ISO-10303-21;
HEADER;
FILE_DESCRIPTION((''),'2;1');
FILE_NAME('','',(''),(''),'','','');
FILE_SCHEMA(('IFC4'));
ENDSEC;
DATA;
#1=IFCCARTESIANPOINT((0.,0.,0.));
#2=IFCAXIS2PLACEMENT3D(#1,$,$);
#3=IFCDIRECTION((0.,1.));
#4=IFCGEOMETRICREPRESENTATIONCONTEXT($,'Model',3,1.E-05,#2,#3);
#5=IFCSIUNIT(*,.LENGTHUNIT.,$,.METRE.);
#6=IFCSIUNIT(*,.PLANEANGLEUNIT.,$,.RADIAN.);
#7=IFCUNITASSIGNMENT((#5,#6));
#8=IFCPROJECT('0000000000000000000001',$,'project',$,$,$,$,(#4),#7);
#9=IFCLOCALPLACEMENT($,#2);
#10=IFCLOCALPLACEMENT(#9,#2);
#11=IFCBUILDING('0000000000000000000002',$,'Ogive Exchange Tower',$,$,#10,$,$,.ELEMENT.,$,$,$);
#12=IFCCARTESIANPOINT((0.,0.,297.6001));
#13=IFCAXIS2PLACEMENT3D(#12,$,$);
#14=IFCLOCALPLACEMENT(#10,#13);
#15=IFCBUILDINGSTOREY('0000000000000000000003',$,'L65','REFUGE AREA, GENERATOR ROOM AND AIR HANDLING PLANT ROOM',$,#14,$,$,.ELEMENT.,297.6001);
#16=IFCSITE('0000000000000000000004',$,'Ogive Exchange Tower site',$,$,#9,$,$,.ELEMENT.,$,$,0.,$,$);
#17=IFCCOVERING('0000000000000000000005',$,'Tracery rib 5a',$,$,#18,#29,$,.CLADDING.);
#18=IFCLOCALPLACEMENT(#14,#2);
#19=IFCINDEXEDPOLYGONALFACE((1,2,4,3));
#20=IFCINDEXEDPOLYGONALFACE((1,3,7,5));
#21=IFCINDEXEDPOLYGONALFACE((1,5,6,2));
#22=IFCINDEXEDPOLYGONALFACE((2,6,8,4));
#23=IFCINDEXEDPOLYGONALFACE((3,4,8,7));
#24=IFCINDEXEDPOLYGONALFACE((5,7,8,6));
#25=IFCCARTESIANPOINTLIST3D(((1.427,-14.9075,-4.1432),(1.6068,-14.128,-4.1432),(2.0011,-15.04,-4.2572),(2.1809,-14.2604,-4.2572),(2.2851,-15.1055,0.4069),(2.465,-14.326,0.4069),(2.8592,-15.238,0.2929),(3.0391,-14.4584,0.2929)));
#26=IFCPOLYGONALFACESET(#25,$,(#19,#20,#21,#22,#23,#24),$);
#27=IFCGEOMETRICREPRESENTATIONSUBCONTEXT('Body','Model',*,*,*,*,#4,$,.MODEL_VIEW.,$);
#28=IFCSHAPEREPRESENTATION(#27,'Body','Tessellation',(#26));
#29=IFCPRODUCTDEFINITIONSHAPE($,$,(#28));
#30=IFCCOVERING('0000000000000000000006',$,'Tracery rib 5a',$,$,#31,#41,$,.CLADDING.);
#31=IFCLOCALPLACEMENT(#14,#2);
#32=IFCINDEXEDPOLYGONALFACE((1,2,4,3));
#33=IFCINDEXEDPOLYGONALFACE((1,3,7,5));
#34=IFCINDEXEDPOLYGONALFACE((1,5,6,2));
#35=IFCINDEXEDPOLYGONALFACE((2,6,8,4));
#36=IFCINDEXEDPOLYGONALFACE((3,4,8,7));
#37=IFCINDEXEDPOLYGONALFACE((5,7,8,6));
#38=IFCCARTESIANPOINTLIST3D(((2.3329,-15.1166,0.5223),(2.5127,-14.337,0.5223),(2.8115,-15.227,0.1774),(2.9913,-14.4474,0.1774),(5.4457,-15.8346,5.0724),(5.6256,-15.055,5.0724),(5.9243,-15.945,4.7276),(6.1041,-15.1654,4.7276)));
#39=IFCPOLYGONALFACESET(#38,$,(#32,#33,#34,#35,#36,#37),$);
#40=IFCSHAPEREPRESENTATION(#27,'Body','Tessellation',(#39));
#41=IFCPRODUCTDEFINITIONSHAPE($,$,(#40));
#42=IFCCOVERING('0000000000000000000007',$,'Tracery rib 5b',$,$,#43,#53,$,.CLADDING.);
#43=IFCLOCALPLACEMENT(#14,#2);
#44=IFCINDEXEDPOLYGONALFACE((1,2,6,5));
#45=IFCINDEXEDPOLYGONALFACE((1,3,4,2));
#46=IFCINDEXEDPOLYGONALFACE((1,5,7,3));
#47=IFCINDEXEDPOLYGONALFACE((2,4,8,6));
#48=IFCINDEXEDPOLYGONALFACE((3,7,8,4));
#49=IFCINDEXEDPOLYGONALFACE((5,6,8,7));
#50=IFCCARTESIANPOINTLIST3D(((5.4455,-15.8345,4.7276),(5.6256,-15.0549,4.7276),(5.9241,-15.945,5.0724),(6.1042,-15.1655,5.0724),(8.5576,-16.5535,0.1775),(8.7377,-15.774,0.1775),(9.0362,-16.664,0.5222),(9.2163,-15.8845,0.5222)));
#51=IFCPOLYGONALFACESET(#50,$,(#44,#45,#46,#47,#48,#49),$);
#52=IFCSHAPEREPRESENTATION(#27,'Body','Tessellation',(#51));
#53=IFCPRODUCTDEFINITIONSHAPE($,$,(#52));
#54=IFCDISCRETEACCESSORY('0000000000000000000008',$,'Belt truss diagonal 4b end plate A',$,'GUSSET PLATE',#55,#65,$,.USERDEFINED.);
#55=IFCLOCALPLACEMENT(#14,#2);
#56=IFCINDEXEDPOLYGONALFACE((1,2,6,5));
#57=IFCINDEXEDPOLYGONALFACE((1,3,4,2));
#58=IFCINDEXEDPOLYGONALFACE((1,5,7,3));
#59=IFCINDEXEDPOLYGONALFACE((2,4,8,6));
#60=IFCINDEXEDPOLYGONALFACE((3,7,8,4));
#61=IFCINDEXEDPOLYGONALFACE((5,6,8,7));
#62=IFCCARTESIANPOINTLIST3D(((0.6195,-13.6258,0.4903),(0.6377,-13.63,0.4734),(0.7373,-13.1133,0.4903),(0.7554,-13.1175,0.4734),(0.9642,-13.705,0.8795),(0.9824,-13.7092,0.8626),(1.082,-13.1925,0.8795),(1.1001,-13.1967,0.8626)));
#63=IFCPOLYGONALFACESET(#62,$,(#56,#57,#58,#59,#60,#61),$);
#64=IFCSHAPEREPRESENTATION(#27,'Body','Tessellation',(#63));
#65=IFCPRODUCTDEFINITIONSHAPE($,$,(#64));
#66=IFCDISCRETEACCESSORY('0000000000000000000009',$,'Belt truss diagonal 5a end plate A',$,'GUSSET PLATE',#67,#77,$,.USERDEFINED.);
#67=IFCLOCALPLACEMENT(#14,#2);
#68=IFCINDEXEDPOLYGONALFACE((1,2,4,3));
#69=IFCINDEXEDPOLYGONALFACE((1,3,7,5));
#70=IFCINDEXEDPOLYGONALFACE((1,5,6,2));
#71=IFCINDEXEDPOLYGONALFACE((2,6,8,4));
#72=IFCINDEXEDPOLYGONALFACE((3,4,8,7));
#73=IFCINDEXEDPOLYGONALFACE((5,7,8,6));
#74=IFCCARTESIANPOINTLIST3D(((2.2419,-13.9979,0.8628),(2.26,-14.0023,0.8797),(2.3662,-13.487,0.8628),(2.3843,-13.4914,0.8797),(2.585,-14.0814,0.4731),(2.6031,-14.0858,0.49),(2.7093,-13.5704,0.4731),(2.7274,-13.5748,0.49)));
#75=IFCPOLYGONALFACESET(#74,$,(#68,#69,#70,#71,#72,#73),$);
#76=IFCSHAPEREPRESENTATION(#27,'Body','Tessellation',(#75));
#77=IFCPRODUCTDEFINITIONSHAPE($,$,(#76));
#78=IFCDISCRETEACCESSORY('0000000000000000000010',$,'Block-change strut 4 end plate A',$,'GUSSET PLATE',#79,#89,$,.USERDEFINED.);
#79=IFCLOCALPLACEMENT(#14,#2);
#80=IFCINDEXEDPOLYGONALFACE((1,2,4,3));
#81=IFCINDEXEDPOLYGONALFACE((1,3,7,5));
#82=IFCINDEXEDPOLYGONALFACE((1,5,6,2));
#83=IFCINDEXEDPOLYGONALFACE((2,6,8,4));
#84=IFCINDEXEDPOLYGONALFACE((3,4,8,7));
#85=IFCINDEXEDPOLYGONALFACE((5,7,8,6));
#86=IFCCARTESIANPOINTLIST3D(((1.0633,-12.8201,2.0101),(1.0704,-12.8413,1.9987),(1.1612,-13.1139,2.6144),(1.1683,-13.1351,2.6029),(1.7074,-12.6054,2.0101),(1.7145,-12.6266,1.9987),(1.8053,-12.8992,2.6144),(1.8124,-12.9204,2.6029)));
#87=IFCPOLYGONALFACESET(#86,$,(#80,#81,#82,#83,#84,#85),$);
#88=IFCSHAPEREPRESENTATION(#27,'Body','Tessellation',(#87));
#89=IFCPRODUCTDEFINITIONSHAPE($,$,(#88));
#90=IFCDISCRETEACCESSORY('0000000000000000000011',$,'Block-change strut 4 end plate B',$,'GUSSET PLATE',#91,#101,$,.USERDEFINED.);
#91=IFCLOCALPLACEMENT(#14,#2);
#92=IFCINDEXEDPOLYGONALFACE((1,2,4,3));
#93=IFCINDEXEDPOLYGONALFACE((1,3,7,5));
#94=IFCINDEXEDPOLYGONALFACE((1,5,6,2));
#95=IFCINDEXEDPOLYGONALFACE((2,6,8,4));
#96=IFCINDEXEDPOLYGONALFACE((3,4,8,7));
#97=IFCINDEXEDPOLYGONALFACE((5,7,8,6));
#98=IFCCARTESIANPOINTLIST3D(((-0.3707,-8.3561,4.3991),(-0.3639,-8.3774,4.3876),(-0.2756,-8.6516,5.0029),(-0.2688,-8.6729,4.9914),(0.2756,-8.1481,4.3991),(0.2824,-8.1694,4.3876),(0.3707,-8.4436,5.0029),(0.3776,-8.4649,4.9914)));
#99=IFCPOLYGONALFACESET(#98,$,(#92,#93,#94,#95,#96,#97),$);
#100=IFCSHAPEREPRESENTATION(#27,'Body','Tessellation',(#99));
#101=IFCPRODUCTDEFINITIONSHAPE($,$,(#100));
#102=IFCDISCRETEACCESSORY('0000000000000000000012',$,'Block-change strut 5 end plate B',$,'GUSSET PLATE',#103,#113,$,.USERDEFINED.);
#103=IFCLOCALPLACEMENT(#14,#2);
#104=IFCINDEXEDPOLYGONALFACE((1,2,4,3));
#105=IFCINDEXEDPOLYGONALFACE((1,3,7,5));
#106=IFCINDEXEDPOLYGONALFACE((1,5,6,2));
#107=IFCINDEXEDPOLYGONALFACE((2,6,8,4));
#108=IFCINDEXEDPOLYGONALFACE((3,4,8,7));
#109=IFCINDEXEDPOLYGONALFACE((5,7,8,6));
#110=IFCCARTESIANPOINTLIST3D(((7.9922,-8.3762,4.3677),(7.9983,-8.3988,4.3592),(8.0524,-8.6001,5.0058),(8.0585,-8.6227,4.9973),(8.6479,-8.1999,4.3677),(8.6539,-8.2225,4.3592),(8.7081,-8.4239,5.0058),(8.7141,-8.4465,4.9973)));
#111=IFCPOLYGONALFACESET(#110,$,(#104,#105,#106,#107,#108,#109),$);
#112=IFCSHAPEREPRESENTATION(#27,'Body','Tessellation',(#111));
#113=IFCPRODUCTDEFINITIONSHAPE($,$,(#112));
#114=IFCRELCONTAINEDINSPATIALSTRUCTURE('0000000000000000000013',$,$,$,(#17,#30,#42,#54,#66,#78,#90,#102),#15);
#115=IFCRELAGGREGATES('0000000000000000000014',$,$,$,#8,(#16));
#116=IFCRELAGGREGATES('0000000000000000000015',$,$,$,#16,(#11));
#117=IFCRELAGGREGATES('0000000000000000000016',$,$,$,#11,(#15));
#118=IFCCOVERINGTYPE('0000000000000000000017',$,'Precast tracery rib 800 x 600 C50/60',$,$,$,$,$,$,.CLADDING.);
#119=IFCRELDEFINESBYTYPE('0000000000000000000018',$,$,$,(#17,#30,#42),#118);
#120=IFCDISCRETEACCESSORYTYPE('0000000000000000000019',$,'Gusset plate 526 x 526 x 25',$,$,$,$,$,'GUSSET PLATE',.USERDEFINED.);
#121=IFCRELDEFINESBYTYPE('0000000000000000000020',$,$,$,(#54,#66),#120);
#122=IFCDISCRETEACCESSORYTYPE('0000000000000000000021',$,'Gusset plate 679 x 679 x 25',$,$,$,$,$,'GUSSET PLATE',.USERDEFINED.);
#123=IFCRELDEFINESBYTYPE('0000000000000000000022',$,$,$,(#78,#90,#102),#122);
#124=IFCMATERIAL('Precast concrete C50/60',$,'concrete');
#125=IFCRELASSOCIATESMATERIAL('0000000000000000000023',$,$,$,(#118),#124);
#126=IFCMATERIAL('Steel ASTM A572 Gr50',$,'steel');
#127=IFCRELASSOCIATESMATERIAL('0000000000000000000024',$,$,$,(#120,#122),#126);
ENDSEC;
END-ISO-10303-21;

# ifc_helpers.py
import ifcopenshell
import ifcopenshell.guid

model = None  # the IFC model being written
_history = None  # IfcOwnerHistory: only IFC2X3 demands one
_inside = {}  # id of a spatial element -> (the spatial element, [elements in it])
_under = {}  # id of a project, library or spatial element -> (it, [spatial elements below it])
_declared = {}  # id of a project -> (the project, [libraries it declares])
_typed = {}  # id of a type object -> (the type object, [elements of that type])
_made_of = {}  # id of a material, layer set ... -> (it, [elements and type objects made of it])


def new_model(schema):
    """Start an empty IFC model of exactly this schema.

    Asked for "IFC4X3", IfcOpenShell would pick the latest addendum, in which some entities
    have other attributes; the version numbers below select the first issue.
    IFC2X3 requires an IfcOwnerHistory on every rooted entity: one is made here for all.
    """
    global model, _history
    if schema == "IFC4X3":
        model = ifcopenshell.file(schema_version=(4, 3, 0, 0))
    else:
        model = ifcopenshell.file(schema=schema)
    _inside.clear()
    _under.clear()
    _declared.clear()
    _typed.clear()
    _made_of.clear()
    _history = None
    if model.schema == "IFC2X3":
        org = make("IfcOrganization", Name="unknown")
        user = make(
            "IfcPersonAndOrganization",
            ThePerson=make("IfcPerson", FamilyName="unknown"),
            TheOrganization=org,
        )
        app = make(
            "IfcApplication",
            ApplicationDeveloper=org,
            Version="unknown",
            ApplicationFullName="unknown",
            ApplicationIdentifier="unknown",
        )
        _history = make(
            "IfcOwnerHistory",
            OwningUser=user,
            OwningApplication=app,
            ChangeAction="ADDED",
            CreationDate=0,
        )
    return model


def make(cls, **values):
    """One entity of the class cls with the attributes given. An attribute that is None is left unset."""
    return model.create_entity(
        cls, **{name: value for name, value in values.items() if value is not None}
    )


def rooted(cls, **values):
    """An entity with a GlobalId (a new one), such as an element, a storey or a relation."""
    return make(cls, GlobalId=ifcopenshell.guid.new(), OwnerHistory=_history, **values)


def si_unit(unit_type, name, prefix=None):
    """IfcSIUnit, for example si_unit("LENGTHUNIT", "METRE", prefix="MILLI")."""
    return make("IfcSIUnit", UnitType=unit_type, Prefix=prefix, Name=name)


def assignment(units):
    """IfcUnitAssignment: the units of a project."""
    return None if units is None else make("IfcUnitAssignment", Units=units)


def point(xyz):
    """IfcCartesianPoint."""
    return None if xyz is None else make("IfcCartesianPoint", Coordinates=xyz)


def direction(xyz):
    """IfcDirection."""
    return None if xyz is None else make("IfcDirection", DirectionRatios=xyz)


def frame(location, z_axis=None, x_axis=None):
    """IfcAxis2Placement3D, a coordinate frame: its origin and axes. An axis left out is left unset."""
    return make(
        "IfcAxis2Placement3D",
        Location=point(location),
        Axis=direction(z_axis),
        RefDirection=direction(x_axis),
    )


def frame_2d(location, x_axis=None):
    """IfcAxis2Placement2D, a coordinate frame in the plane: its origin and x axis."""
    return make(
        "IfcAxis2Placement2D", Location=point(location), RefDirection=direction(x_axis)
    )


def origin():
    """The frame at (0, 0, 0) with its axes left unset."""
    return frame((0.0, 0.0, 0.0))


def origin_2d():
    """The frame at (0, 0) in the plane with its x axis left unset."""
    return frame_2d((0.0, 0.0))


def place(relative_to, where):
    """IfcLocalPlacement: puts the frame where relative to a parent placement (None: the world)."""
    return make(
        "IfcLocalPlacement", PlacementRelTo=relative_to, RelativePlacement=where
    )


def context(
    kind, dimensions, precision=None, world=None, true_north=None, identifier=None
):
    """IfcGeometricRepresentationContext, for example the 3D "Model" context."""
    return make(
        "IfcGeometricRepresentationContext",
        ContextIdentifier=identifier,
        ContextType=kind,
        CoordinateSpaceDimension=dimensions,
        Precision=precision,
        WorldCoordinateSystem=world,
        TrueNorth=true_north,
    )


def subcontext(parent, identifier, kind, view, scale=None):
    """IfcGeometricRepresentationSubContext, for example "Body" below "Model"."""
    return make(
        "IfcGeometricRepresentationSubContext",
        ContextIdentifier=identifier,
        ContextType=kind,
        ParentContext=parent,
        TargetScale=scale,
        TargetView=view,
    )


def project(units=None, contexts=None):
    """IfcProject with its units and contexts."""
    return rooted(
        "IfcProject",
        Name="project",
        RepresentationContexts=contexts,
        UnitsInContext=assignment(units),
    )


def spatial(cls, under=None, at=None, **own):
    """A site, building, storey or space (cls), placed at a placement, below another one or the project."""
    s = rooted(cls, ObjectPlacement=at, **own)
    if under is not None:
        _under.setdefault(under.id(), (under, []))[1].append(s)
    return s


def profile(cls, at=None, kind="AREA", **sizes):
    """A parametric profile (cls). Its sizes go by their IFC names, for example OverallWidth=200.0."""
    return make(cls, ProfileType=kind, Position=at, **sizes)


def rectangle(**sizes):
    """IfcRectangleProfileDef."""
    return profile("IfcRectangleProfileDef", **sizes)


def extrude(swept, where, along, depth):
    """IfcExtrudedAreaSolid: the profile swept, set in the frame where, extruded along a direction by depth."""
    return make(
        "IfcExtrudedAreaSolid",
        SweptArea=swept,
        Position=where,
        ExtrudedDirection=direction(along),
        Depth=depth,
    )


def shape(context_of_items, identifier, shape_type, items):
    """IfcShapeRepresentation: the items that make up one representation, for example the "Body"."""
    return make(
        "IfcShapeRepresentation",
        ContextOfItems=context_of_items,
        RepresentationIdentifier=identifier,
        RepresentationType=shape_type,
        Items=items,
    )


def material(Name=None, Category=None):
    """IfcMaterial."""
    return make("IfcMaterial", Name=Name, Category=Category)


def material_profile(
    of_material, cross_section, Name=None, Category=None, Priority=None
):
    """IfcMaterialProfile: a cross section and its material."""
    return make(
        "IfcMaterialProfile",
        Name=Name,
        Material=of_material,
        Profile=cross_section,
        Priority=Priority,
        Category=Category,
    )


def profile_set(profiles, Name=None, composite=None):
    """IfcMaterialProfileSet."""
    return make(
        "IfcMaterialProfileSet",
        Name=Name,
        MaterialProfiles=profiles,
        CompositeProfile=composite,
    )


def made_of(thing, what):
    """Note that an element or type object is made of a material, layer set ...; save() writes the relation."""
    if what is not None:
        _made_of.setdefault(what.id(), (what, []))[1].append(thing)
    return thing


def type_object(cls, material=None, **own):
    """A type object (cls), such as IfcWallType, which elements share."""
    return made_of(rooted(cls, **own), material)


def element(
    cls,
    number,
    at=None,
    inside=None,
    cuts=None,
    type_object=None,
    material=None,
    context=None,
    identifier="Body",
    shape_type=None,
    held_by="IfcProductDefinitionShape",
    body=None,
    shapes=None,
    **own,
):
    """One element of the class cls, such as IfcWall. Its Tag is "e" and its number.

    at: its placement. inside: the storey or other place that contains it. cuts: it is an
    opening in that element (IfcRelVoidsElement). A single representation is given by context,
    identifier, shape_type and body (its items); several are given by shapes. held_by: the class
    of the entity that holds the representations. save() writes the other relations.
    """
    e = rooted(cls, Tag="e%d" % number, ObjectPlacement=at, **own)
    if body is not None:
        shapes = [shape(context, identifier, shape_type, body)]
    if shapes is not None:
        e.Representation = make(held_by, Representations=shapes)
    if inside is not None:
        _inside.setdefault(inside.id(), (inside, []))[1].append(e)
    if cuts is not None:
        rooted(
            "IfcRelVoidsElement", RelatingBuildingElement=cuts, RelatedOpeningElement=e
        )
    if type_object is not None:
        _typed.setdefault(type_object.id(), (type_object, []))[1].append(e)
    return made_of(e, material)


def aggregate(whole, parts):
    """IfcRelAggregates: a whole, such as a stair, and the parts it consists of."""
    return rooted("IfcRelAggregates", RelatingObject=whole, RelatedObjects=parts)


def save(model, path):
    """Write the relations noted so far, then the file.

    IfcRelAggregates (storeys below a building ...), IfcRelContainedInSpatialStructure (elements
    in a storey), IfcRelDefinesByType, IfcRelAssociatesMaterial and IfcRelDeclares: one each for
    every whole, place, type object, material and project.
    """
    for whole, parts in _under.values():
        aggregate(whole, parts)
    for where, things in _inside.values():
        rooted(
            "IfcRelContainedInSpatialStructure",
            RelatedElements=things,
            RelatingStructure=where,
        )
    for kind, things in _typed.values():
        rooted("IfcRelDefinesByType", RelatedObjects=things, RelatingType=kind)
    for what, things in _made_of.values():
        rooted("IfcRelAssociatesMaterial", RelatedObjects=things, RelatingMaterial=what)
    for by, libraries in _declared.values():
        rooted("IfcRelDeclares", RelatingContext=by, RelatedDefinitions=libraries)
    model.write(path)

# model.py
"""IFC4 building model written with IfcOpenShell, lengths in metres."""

from ifc_helpers import new_model, si_unit, direction, frame, origin, origin_2d, place, context, subcontext, project, spatial, rectangle, extrude, material, material_profile, profile_set, type_object, element, save


model = new_model("IFC4")

# Units and contexts
model_context = context("Model", 3, precision=1e-05, world=origin(), true_north=direction((0.0, 1.0)))
body_context = subcontext(model_context, "Body", "Model", "MODEL_VIEW")
ifc_project = project(units=[si_unit("LENGTHUNIT", "METRE"), si_unit("PLANEANGLEUNIT", "RADIAN")], contexts=[model_context])

# Site, building, storey
site_placement = place(None, origin())
site = spatial("IfcSite", under=ifc_project, at=site_placement, Name="Ogive Exchange Tower site", CompositionType="ELEMENT", RefElevation=0.0)
building_placement = place(site_placement, origin())
building = spatial("IfcBuilding", under=site, at=building_placement, Name="Ogive Exchange Tower", CompositionType="ELEMENT")
storey_placement = place(building_placement, frame((0.0, 0.0, 297.6001)))
storey = spatial("IfcBuildingStorey", under=building, at=storey_placement, Name="L65", Description="REFUGE AREA, GENERATOR ROOM AND AIR HANDLING PLANT ROOM", CompositionType="ELEMENT", Elevation=297.6001)

# Coverings
ifc_material_1 = material(Name="Precast concrete C50/60", Category="concrete")
ifc_material_profile_1 = material_profile(ifc_material_1, rectangle(XDim=0.8, YDim=0.6001, at=origin_2d()), Name="RIB 800 x 600")
ifc_profile_set_1 = profile_set([ifc_material_profile_1], Name="Precast concrete C50/60")
covering_type = type_object("IfcCoveringType", Name="Precast tracery rib 800 x 600 C50/60", PredefinedType="CLADDING", material=ifc_profile_set_1)
covering_1_placement = place(storey_placement, frame((1.804, -14.584, -4.2002), z_axis=(0.185167, -0.042723, 0.981778), x_axis=(0.224819, 0.974401, 0.0)))
element("IfcCovering", 1, at=covering_1_placement, inside=storey, type_object=covering_type, Name="Tracery rib 5a", PredefinedType="CLADDING", context=body_context, shape_type="SweptSolid", body=[
    extrude(rectangle(XDim=0.8, YDim=0.6001, at=origin_2d()), origin(), (0.0, 0.0, 1.0), 4.6345),
])
covering_2_placement = place(storey_placement, frame((2.6621, -14.782, 0.3499), z_axis=(0.559906, -0.129152, 0.818429), x_axis=(0.224765, 0.974413, 0.0)))
element("IfcCovering", 2, at=covering_2_placement, inside=storey, type_object=covering_type, Name="Tracery rib 5a", PredefinedType="CLADDING", context=body_context, shape_type="SweptSolid", body=[
    extrude(rectangle(XDim=0.8, YDim=0.6001, at=origin_2d()), origin(), (0.0, 0.0, 1.0), 5.5596),
])
covering_3_placement = place(storey_placement, frame((8.887, -16.219, 0.3499), z_axis=(-0.559803, 0.129334, 0.81847), x_axis=(-0.225105, -0.974334, 0.0)))
element("IfcCovering", 3, at=covering_3_placement, inside=storey, type_object=covering_type, Name="Tracery rib 5b", PredefinedType="CLADDING", context=body_context, shape_type="SweptSolid", body=[
    extrude(rectangle(XDim=0.8, YDim=0.6001, at=origin_2d()), origin(), (0.0, 0.0, 1.0), 5.5593),
])

# Discrete accessories
ifc_material_2 = material(Name="Steel ASTM A572 Gr50", Category="steel")
ifc_material_profile_2 = material_profile(ifc_material_2, rectangle(XDim=0.5259, YDim=0.5259, at=origin_2d()), Name="PL 526 x 526 x 25")
ifc_profile_set_2 = profile_set([ifc_material_profile_2], Name="Steel ASTM A572 Gr50")
discrete_accessory_type_1 = type_object("IfcDiscreteAccessoryType", Name="Gusset plate 526 x 526 x 25", ElementType="GUSSET PLATE", PredefinedType="USERDEFINED", material=ifc_profile_set_2)
for number, where, z_axis, x_axis, name in (
    (4, (0.8689, -13.4133, 0.668), (-0.721274, 0.165698, 0.672539), (-0.223898, -0.974613, 0.0), "Belt truss diagonal 4b end plate A"),
    (5, (2.4756, -13.7842, 0.668), (0.720077, -0.175154, 0.671424), (0.236352, 0.971668, 0.0), "Belt truss diagonal 5a end plate A"),
):
    element("IfcDiscreteAccessory", number, at=place(storey_placement, frame(where, z_axis=z_axis, x_axis=x_axis)), inside=storey, type_object=discrete_accessory_type_1, Name=name, ObjectType="GUSSET PLATE", PredefinedType="USERDEFINED", context=body_context, shape_type="SweptSolid", body=[
        extrude(rectangle(XDim=0.5259, YDim=0.5259, at=origin_2d()), origin(), (0.0, 0.0, 1.0), 0.0251),
    ])
ifc_material_profile_3 = material_profile(ifc_material_2, rectangle(XDim=0.679, YDim=0.679, at=origin_2d()), Name="PL 679 x 679 x 25")
ifc_profile_set_3 = profile_set([ifc_material_profile_3], Name="Steel ASTM A572 Gr50")
discrete_accessory_type_2 = type_object("IfcDiscreteAccessoryType", Name="Gusset plate 679 x 679 x 25", ElementType="GUSSET PLATE", PredefinedType="USERDEFINED", material=ifc_profile_set_3)
for number, where, z_axis, x_axis, name in (
    (6, (1.4414, -12.8809, 2.3008), (-0.281421, 0.844262, 0.456096), (-0.948683, -0.316228, 0.0), "Block-change strut 4 end plate A"),
    (7, (0.0068, -8.4211, 4.6895), (-0.272449, 0.846537, 0.457325), (-0.951915, -0.306363, 0.0), "Block-change strut 4 end plate B"),
):
    element("IfcDiscreteAccessory", number, at=place(storey_placement, frame(where, z_axis=z_axis, x_axis=x_axis)), inside=storey, type_object=discrete_accessory_type_2, Name=name, ObjectType="GUSSET PLATE", PredefinedType="USERDEFINED", context=body_context, shape_type="SweptSolid", body=[
        extrude(rectangle(XDim=0.679, YDim=0.679, at=origin_2d()), origin(), (0.0, 0.0, 1.0), 0.0251),
    ])
discrete_accessory_placement = place(storey_placement, frame((8.3562, -8.4226, 4.6782), z_axis=(-0.243987, 0.90763, 0.341581), x_axis=(-0.965716, -0.259601, 0.0)))
element("IfcDiscreteAccessory", 8, at=discrete_accessory_placement, inside=storey, type_object=discrete_accessory_type_2, Name="Block-change strut 5 end plate B", ObjectType="GUSSET PLATE", PredefinedType="USERDEFINED", context=body_context, shape_type="SweptSolid", body=[
    extrude(rectangle(XDim=0.679, YDim=0.679, at=origin_2d()), origin(), (0.0, 0.0, 1.0), 0.0249),
])

save(model, "model.ifc")
